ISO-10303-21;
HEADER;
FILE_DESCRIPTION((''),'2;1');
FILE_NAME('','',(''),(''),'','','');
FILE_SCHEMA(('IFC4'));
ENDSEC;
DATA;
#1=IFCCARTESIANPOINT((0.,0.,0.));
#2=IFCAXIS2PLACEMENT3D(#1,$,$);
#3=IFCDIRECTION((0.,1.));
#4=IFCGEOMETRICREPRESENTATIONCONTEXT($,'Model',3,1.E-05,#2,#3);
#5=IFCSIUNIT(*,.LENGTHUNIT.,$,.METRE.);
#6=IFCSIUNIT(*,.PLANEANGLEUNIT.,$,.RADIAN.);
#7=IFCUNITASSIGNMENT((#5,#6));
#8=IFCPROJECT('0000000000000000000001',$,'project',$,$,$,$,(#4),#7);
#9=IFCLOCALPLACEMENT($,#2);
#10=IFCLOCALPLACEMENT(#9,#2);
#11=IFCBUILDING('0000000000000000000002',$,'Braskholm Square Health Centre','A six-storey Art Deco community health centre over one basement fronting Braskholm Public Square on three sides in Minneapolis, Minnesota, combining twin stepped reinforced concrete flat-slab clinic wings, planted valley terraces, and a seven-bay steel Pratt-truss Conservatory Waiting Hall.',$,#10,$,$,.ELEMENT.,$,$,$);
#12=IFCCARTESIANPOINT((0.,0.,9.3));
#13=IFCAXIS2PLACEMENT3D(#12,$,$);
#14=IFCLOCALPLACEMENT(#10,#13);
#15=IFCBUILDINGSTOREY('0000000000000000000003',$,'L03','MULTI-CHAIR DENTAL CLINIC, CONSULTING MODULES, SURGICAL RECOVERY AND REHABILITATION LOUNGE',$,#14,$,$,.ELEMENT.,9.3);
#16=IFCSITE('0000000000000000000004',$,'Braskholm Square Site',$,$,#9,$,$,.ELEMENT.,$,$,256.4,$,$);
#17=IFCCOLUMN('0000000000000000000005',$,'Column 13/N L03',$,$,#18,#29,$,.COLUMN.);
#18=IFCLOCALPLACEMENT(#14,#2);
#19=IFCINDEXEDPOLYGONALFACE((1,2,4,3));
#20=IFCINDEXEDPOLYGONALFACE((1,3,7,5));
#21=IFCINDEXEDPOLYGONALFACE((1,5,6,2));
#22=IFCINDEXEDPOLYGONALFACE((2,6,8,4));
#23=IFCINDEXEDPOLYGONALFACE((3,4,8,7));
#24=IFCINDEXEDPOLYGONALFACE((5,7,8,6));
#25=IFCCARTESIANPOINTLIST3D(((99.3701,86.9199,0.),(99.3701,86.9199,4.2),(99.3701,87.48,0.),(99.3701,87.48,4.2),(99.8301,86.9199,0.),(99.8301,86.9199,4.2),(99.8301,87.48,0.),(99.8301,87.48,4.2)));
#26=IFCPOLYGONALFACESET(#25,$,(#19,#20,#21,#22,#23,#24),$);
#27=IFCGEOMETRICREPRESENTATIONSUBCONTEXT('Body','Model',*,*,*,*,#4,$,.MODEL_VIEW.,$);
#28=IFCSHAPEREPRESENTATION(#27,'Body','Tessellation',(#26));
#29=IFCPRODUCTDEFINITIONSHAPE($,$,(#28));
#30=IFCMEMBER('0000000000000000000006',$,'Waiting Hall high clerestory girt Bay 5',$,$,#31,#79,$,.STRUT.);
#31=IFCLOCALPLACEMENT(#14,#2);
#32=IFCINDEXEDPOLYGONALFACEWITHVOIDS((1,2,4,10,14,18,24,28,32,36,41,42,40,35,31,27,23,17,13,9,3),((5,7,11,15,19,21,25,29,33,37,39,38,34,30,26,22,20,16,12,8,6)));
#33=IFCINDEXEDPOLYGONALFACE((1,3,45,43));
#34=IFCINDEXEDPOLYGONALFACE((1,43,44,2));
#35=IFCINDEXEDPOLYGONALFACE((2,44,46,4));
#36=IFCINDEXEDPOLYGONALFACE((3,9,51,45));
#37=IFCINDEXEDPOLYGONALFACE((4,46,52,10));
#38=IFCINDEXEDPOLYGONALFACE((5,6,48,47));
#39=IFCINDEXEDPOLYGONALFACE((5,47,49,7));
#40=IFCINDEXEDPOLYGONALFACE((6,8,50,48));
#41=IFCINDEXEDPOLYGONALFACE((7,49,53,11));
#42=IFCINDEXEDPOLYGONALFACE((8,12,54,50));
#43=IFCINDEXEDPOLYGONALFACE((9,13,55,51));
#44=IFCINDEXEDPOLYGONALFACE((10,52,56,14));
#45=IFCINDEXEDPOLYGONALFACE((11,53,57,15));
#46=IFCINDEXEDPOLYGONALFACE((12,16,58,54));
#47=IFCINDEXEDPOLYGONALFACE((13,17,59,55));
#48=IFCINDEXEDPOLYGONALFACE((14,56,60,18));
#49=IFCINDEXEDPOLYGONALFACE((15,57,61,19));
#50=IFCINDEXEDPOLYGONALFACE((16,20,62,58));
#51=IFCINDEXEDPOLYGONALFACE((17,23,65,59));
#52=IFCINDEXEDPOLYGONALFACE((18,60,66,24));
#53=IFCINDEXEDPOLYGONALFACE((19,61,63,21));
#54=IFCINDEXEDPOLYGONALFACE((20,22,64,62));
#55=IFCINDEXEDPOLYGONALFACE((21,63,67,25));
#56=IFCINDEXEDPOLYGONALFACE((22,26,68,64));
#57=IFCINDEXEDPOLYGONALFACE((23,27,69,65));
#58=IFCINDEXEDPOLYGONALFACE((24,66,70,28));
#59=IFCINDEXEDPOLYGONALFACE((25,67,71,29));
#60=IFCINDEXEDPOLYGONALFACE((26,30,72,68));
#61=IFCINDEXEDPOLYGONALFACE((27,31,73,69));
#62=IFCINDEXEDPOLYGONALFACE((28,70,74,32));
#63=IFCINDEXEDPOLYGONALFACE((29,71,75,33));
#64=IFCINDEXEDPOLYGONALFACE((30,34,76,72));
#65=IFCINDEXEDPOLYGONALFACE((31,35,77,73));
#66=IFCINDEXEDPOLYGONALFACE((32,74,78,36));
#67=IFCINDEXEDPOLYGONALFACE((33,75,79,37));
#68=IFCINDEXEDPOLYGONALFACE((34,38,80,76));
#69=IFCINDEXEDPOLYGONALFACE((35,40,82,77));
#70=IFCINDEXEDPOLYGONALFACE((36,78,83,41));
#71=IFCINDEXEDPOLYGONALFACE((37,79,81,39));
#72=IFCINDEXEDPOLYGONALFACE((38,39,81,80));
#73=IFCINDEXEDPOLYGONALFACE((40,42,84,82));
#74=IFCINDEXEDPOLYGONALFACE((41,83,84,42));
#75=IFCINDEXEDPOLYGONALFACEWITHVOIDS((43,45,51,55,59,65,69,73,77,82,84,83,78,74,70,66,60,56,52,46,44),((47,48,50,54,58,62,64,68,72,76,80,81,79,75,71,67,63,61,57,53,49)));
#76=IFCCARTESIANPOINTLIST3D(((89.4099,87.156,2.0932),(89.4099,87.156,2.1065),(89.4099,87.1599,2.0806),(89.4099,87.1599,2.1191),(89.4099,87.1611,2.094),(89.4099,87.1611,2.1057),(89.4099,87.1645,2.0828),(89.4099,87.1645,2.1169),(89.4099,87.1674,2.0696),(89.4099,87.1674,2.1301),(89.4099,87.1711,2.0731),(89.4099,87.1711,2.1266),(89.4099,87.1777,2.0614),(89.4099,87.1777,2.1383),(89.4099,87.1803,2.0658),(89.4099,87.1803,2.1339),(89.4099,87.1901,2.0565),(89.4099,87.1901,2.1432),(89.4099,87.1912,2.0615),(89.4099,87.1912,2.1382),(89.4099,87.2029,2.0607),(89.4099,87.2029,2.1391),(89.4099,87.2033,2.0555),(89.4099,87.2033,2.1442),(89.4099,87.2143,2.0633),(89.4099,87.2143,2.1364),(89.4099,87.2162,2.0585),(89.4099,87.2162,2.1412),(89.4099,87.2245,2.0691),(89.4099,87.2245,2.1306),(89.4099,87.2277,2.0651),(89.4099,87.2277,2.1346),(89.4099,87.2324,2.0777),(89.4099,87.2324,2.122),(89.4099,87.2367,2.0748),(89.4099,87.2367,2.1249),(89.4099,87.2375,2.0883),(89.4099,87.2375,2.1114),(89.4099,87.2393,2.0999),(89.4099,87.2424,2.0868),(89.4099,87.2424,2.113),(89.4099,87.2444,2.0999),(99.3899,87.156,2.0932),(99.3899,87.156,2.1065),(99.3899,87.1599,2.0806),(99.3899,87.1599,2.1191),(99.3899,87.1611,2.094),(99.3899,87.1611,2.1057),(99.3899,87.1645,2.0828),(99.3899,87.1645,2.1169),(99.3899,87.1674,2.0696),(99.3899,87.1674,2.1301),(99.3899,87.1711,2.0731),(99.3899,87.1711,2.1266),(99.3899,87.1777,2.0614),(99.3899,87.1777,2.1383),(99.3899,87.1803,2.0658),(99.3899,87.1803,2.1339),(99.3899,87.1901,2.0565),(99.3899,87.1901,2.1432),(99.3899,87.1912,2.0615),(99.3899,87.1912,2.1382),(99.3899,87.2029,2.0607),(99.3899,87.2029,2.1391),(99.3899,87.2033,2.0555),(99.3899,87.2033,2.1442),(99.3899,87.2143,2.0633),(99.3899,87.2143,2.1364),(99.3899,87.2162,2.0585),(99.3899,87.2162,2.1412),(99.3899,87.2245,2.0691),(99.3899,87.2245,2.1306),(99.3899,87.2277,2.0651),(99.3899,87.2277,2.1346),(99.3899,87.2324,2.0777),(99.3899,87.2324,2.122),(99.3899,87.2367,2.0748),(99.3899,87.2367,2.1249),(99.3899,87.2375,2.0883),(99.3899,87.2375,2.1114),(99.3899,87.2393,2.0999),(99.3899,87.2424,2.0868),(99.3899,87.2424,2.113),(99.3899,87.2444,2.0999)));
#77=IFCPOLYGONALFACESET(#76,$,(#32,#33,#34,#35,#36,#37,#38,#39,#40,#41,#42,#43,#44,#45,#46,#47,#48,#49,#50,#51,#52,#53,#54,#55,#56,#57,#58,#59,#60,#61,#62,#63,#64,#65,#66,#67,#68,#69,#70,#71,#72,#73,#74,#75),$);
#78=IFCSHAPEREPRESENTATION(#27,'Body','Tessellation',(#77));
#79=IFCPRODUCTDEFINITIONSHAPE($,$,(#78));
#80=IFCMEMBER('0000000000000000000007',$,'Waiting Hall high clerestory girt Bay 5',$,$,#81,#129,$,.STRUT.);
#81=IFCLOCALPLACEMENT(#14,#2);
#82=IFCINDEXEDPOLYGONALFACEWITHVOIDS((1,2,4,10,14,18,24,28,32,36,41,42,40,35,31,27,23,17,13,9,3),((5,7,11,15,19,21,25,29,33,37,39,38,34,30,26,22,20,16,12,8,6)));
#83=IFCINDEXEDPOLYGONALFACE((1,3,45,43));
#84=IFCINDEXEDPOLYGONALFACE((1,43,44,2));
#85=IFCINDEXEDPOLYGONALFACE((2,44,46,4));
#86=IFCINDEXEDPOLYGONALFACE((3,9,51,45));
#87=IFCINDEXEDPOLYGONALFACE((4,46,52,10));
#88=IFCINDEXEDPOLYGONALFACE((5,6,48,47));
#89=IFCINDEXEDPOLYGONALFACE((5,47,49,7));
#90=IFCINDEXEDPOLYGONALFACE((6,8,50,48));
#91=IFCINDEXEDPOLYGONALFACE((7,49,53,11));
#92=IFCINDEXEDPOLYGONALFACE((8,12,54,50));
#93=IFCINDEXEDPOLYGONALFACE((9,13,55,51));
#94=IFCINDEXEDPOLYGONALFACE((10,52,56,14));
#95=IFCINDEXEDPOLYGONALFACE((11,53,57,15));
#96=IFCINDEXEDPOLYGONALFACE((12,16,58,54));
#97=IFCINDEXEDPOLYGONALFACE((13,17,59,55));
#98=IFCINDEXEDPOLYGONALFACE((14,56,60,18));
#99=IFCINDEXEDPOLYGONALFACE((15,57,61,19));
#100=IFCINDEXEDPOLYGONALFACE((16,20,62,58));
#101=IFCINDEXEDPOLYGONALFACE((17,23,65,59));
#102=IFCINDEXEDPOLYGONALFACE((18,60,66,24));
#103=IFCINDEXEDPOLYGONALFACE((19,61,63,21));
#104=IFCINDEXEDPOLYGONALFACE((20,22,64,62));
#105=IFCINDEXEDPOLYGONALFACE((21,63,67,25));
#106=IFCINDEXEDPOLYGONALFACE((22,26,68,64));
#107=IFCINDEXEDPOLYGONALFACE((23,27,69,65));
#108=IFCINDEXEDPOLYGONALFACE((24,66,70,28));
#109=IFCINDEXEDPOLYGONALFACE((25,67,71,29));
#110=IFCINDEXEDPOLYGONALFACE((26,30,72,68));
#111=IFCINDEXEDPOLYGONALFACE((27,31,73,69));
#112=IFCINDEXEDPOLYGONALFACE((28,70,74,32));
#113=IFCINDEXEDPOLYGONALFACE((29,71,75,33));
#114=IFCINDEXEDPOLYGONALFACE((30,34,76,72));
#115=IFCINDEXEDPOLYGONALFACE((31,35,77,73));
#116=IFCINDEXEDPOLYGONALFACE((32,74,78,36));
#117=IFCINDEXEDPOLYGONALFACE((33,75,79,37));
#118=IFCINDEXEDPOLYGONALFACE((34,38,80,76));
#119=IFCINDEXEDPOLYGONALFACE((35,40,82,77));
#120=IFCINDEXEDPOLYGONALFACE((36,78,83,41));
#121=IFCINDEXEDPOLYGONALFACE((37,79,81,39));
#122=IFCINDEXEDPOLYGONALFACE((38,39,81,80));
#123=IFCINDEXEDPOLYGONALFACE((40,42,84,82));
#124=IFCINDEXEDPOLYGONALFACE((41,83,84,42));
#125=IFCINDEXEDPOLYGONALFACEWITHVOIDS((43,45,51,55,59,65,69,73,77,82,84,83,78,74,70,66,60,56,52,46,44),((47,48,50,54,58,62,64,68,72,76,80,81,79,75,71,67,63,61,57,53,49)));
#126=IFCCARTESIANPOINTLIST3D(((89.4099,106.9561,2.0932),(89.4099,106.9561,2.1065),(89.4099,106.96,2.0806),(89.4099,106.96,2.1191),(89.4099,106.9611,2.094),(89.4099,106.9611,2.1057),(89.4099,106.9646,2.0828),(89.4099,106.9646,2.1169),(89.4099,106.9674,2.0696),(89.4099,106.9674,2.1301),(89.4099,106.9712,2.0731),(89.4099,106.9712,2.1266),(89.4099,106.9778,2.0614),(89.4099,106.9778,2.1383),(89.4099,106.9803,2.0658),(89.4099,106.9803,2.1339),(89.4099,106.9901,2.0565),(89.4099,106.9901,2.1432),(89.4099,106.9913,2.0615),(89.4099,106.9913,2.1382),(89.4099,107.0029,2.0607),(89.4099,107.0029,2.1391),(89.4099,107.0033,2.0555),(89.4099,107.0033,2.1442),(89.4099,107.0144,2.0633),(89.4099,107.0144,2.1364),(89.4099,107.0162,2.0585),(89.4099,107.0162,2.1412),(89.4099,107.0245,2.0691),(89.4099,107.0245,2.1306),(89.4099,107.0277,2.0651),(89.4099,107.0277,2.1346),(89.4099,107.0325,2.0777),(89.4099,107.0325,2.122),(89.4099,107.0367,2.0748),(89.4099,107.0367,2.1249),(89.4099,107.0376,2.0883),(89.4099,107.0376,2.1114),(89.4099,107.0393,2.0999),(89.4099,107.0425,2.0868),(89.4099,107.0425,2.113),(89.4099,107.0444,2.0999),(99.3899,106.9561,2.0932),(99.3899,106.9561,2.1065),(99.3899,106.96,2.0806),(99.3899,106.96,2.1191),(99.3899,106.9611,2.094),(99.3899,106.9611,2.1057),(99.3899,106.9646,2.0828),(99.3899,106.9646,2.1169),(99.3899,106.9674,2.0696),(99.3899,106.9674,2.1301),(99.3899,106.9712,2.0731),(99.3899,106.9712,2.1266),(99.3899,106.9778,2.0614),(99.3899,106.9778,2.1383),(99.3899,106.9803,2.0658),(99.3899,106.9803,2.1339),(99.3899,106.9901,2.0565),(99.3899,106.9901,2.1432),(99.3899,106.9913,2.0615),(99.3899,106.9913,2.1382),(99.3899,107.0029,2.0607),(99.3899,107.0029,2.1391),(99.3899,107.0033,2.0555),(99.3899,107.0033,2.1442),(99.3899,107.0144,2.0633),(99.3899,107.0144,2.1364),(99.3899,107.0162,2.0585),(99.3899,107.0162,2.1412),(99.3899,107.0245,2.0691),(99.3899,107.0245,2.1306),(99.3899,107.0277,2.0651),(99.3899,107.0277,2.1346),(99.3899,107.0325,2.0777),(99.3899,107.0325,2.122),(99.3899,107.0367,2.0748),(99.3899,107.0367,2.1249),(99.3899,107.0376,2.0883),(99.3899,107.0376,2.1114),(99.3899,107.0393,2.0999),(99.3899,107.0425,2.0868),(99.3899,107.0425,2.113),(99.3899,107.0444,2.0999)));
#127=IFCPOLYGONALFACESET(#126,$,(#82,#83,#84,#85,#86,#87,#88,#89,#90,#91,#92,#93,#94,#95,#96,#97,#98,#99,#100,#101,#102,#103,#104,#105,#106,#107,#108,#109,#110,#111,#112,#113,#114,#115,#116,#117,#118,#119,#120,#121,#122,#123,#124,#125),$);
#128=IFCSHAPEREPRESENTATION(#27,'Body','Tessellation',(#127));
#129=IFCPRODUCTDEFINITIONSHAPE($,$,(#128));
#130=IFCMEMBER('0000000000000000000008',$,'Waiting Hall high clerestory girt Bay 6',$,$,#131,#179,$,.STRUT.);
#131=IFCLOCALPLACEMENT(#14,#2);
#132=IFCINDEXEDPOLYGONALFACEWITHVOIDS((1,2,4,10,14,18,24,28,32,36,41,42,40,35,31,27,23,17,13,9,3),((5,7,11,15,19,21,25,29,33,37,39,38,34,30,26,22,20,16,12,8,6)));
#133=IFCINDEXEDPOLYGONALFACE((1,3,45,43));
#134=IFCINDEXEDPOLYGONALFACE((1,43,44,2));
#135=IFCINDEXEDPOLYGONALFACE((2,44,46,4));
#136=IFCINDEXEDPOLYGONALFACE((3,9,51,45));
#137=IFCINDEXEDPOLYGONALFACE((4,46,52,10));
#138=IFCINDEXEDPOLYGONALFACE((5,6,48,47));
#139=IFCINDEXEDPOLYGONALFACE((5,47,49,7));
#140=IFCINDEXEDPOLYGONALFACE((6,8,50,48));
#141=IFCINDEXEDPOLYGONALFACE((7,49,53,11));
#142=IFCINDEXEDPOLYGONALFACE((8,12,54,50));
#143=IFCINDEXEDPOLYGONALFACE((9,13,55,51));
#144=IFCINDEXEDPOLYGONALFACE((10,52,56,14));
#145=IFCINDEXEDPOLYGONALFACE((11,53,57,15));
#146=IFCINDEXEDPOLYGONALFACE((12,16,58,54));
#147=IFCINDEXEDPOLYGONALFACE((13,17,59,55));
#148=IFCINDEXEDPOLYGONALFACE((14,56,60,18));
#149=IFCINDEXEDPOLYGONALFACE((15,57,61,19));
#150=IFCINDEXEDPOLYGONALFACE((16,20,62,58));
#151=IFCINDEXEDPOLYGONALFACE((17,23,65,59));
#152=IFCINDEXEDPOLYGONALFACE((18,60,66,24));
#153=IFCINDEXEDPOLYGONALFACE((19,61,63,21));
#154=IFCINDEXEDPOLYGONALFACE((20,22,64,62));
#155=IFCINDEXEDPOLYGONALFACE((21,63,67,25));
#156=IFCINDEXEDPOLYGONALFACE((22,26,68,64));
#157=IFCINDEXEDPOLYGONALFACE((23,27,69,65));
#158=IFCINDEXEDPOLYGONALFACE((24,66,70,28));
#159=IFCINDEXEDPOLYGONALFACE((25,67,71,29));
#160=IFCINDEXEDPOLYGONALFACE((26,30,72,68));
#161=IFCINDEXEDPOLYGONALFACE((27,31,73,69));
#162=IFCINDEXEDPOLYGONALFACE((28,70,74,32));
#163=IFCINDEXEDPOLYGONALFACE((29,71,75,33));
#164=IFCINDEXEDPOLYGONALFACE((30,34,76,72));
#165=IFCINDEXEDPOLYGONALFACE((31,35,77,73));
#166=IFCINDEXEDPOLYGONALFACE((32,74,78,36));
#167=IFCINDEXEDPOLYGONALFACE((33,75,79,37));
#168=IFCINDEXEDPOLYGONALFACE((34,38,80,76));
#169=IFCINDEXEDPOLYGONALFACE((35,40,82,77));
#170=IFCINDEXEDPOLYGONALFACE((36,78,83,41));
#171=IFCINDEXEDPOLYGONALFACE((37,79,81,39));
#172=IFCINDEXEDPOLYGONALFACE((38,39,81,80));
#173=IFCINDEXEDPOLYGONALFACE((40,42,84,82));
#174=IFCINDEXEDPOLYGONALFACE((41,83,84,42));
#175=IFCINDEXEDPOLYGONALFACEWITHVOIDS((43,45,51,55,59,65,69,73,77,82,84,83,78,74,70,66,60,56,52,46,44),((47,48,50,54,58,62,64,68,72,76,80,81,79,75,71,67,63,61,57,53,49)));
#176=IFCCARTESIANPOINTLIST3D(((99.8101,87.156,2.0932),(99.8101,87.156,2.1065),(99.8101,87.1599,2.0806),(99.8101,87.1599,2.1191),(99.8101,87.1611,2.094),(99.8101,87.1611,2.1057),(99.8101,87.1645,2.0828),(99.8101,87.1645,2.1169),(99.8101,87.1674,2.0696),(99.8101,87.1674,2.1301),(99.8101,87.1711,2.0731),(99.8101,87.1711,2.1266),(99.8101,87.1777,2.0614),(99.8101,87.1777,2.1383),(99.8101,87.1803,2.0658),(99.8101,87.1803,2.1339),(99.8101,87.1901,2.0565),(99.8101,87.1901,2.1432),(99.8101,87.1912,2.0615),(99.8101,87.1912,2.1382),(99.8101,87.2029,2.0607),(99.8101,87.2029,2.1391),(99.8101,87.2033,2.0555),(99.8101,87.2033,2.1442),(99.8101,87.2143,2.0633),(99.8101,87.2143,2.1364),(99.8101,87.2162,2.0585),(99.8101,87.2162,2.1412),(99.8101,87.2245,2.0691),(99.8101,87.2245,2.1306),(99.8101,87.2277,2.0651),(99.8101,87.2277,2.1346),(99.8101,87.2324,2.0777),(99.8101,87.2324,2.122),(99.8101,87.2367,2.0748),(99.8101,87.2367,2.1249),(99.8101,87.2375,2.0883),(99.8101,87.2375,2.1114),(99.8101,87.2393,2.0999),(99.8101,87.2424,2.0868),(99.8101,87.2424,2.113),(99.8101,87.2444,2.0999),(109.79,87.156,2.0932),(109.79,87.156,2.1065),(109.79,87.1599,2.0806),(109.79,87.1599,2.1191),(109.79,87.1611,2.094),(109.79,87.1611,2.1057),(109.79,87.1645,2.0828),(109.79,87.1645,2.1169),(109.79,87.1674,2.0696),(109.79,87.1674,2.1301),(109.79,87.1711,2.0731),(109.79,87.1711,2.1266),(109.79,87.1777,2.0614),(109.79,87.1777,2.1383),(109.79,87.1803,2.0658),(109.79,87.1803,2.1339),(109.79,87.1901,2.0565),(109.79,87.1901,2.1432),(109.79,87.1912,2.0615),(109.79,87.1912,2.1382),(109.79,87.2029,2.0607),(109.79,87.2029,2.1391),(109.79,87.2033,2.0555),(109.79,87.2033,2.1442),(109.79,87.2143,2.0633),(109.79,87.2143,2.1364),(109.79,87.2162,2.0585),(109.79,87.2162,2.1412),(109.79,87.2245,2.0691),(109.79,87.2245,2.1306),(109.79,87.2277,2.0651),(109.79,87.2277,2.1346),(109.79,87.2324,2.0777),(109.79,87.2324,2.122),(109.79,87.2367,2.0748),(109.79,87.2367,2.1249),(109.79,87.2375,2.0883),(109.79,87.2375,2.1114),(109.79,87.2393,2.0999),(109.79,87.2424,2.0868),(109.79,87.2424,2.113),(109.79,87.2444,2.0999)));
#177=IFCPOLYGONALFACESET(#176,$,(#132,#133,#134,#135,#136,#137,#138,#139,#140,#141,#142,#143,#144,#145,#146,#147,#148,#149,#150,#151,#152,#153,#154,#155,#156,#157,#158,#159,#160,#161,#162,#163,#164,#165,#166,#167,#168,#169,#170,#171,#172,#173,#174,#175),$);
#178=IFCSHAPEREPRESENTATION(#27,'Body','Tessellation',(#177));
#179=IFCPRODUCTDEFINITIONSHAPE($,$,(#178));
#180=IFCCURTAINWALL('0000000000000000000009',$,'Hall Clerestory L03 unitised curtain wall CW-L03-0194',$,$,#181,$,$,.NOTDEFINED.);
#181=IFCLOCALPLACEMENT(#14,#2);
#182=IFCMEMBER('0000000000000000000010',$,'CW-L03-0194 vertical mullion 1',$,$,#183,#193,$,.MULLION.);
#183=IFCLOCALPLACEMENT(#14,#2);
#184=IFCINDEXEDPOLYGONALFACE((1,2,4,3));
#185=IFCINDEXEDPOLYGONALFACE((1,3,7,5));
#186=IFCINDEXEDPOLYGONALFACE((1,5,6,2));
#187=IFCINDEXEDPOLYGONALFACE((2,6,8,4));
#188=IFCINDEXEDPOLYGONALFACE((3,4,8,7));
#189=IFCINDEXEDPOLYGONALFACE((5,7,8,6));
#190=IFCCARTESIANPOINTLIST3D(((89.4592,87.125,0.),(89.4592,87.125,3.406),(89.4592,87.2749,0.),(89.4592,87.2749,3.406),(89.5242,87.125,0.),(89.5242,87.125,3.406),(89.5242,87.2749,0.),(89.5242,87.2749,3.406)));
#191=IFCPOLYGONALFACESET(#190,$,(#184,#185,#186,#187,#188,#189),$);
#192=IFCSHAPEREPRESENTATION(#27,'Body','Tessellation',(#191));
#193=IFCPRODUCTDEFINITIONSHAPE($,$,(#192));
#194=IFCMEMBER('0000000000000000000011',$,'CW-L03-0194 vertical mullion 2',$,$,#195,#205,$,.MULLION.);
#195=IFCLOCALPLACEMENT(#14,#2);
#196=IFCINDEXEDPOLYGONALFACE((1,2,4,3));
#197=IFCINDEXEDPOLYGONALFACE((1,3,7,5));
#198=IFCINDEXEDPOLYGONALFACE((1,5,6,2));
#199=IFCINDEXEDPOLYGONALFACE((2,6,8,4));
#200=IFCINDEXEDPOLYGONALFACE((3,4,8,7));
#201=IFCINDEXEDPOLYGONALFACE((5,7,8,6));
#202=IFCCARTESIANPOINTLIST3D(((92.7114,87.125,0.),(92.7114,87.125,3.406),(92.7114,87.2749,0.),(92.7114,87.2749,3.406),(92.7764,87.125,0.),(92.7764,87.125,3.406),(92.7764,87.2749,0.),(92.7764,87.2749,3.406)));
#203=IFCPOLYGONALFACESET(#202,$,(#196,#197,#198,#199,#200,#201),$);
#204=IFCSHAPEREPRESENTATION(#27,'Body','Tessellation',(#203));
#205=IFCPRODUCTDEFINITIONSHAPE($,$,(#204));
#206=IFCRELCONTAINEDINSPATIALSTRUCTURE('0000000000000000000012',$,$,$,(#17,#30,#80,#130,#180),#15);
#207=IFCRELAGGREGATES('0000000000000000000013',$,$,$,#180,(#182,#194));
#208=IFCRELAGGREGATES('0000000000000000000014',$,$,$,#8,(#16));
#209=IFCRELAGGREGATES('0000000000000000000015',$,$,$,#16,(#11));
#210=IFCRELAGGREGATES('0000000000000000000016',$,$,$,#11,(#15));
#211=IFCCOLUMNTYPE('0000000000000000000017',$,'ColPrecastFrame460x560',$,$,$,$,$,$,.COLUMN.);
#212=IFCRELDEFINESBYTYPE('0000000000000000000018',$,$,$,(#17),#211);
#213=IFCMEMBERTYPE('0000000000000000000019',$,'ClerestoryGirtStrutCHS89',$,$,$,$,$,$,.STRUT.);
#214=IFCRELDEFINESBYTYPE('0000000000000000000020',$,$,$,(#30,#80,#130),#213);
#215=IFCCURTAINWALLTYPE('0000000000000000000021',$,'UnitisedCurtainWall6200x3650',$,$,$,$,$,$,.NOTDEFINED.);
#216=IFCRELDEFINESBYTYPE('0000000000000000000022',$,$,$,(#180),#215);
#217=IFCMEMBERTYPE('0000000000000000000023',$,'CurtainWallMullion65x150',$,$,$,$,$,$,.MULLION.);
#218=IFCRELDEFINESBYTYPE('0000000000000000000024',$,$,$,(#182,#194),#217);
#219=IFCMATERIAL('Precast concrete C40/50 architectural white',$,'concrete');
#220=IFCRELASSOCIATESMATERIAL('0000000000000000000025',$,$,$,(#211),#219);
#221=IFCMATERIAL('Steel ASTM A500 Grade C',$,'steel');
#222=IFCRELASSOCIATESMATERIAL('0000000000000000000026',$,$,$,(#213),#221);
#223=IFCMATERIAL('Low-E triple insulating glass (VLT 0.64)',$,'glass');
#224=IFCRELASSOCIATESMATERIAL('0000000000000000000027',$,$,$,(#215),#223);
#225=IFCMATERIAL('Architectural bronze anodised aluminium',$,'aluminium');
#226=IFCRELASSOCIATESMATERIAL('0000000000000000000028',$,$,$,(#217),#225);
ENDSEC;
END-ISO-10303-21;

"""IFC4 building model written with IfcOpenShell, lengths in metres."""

from ifc_helpers import new_model, si_unit, direction, frame, origin, origin_2d, place, context, subcontext, project, spatial, rectangle, hollow_circle, extrude, material, material_profile, profile_set, type_object, element, aggregate, save


model = new_model("IFC4")

# Units and contexts
model_context = context("Model", 3, precision=1e-05, world=origin(), true_north=direction((0.0, 1.0)))
body_context = subcontext(model_context, "Body", "Model", "MODEL_VIEW")
ifc_project = project(units=[si_unit("LENGTHUNIT", "METRE"), si_unit("PLANEANGLEUNIT", "RADIAN")], contexts=[model_context])

# Site, building, storey
site_placement = place(None, origin())
site = spatial("IfcSite", under=ifc_project, at=site_placement, Name="Braskholm Square Site", CompositionType="ELEMENT", RefElevation=256.4)
building_placement = place(site_placement, origin())
building = spatial("IfcBuilding", under=site, at=building_placement, Name="Braskholm Square Health Centre", Description="A six-storey Art Deco community health centre over one basement fronting Braskholm Public Square on three sides in Minneapolis, Minnesota, combining twin stepped reinforced concrete flat-slab clinic wings, planted valley terraces, and a seven-bay steel Pratt-truss Conservatory Waiting Hall.", CompositionType="ELEMENT")
storey_placement = place(building_placement, frame((0.0, 0.0, 9.3)))
storey = spatial("IfcBuildingStorey", under=building, at=storey_placement, Name="L03", Description="MULTI-CHAIR DENTAL CLINIC, CONSULTING MODULES, SURGICAL RECOVERY AND REHABILITATION LOUNGE", CompositionType="ELEMENT", Elevation=9.3)

# Column
ifc_material_1 = material(Name="Precast concrete C40/50 architectural white", Category="concrete")
ifc_material_profile_1 = material_profile(ifc_material_1, rectangle(XDim=0.46, YDim=0.5601, at=origin_2d()), Name="RC-460X560")
ifc_profile_set_1 = profile_set([ifc_material_profile_1], Name="Precast concrete C40/50 architectural white")
column_type = type_object("IfcColumnType", Name="ColPrecastFrame460x560", PredefinedType="COLUMN", material=ifc_profile_set_1)
column_placement = place(storey_placement, frame((99.6001, 87.2, 0.0), z_axis=(0.0, 0.0, 1.0), x_axis=(1.0, 0.0, 0.0)))
element("IfcColumn", 1, at=column_placement, inside=storey, type_object=column_type, Name="Column 13/N L03", PredefinedType="COLUMN", context=body_context, shape_type="SweptSolid", body=[
    extrude(rectangle(XDim=0.46, YDim=0.5601, at=origin_2d()), origin(), (0.0, 0.0, 1.0), 4.2),
])

# Members
ifc_material_2 = material(Name="Steel ASTM A500 Grade C", Category="steel")
ifc_material_profile_2 = material_profile(ifc_material_2, hollow_circle(Radius=0.0444, WallThickness=0.0051, at=origin_2d()), Name="HSS3.500X0.216")
ifc_profile_set_2 = profile_set([ifc_material_profile_2], Name="Steel ASTM A500 Grade C")
member_type_1 = type_object("IfcMemberType", Name="ClerestoryGirtStrutCHS89", PredefinedType="STRUT", material=ifc_profile_set_2)
for number, where, z_axis, x_axis, name in (
    (2, (89.4099, 87.2, 2.0999), (1.0, 0.0, 0.0), (0.0, 1.0, 0.0), "Waiting Hall high clerestory girt Bay 5"),
    (3, (89.4099, 107.0, 2.0999), (1.0, 0.0, 0.0), (0.0, 1.0, 0.0), "Waiting Hall high clerestory girt Bay 5"),
    (4, (99.8101, 87.2, 2.0999), (1.0, 0.0, 0.0), (0.0, 1.0, 0.0), "Waiting Hall high clerestory girt Bay 6"),
):
    element("IfcMember", number, at=place(storey_placement, frame(where, z_axis=z_axis, x_axis=x_axis)), inside=storey, type_object=member_type_1, Name=name, PredefinedType="STRUT", context=body_context, shape_type="SweptSolid", body=[
        extrude(hollow_circle(Radius=0.0444, WallThickness=0.0051, at=origin_2d()), origin(), (0.0, 0.0, 1.0), 9.98),
    ])

# Curtain wall, members
ifc_material_3 = material(Name="Low-E triple insulating glass (VLT 0.64)", Category="glass")
curtain_wall_type = type_object("IfcCurtainWallType", Name="UnitisedCurtainWall6200x3650", PredefinedType="NOTDEFINED", material=ifc_material_3)
curtain_wall_1_placement = place(storey_placement, origin())
curtain_wall_1 = element("IfcCurtainWall", 5, at=curtain_wall_1_placement, inside=storey, type_object=curtain_wall_type, Name="Hall Clerestory L03 unitised curtain wall CW-L03-0194", PredefinedType="NOTDEFINED")
ifc_material_4 = material(Name="Architectural bronze anodised aluminium", Category="aluminium")
ifc_material_profile_3 = material_profile(ifc_material_4, rectangle(XDim=0.0649, YDim=0.1499, at=origin_2d()), Name="ALU-65X150")
ifc_profile_set_3 = profile_set([ifc_material_profile_3], Name="Architectural bronze anodised aluminium")
member_type_2 = type_object("IfcMemberType", Name="CurtainWallMullion65x150", PredefinedType="MULLION", material=ifc_profile_set_3)
member_1_placement = place(storey_placement, frame((89.4917, 87.2, 0.0), z_axis=(0.0, 0.0, 1.0), x_axis=(1.0, 0.0, 0.0)))
member_1 = element("IfcMember", 6, at=member_1_placement, type_object=member_type_2, Name="CW-L03-0194 vertical mullion 1", PredefinedType="MULLION", context=body_context, shape_type="SweptSolid", body=[
    extrude(rectangle(XDim=0.0649, YDim=0.1499, at=origin_2d()), origin(), (0.0, 0.0, 1.0), 3.406),
])
member_2_placement = place(storey_placement, frame((92.7439, 87.2, 0.0), z_axis=(0.0, 0.0, 1.0), x_axis=(1.0, 0.0, 0.0)))
member_2 = element("IfcMember", 7, at=member_2_placement, type_object=member_type_2, Name="CW-L03-0194 vertical mullion 2", PredefinedType="MULLION", context=body_context, shape_type="SweptSolid", body=[
    extrude(rectangle(XDim=0.0649, YDim=0.1499, at=origin_2d()), origin(), (0.0, 0.0, 1.0), 3.406),
])

aggregate(curtain_wall_1, [member_1, member_2])

save(model, "model.ifc")
